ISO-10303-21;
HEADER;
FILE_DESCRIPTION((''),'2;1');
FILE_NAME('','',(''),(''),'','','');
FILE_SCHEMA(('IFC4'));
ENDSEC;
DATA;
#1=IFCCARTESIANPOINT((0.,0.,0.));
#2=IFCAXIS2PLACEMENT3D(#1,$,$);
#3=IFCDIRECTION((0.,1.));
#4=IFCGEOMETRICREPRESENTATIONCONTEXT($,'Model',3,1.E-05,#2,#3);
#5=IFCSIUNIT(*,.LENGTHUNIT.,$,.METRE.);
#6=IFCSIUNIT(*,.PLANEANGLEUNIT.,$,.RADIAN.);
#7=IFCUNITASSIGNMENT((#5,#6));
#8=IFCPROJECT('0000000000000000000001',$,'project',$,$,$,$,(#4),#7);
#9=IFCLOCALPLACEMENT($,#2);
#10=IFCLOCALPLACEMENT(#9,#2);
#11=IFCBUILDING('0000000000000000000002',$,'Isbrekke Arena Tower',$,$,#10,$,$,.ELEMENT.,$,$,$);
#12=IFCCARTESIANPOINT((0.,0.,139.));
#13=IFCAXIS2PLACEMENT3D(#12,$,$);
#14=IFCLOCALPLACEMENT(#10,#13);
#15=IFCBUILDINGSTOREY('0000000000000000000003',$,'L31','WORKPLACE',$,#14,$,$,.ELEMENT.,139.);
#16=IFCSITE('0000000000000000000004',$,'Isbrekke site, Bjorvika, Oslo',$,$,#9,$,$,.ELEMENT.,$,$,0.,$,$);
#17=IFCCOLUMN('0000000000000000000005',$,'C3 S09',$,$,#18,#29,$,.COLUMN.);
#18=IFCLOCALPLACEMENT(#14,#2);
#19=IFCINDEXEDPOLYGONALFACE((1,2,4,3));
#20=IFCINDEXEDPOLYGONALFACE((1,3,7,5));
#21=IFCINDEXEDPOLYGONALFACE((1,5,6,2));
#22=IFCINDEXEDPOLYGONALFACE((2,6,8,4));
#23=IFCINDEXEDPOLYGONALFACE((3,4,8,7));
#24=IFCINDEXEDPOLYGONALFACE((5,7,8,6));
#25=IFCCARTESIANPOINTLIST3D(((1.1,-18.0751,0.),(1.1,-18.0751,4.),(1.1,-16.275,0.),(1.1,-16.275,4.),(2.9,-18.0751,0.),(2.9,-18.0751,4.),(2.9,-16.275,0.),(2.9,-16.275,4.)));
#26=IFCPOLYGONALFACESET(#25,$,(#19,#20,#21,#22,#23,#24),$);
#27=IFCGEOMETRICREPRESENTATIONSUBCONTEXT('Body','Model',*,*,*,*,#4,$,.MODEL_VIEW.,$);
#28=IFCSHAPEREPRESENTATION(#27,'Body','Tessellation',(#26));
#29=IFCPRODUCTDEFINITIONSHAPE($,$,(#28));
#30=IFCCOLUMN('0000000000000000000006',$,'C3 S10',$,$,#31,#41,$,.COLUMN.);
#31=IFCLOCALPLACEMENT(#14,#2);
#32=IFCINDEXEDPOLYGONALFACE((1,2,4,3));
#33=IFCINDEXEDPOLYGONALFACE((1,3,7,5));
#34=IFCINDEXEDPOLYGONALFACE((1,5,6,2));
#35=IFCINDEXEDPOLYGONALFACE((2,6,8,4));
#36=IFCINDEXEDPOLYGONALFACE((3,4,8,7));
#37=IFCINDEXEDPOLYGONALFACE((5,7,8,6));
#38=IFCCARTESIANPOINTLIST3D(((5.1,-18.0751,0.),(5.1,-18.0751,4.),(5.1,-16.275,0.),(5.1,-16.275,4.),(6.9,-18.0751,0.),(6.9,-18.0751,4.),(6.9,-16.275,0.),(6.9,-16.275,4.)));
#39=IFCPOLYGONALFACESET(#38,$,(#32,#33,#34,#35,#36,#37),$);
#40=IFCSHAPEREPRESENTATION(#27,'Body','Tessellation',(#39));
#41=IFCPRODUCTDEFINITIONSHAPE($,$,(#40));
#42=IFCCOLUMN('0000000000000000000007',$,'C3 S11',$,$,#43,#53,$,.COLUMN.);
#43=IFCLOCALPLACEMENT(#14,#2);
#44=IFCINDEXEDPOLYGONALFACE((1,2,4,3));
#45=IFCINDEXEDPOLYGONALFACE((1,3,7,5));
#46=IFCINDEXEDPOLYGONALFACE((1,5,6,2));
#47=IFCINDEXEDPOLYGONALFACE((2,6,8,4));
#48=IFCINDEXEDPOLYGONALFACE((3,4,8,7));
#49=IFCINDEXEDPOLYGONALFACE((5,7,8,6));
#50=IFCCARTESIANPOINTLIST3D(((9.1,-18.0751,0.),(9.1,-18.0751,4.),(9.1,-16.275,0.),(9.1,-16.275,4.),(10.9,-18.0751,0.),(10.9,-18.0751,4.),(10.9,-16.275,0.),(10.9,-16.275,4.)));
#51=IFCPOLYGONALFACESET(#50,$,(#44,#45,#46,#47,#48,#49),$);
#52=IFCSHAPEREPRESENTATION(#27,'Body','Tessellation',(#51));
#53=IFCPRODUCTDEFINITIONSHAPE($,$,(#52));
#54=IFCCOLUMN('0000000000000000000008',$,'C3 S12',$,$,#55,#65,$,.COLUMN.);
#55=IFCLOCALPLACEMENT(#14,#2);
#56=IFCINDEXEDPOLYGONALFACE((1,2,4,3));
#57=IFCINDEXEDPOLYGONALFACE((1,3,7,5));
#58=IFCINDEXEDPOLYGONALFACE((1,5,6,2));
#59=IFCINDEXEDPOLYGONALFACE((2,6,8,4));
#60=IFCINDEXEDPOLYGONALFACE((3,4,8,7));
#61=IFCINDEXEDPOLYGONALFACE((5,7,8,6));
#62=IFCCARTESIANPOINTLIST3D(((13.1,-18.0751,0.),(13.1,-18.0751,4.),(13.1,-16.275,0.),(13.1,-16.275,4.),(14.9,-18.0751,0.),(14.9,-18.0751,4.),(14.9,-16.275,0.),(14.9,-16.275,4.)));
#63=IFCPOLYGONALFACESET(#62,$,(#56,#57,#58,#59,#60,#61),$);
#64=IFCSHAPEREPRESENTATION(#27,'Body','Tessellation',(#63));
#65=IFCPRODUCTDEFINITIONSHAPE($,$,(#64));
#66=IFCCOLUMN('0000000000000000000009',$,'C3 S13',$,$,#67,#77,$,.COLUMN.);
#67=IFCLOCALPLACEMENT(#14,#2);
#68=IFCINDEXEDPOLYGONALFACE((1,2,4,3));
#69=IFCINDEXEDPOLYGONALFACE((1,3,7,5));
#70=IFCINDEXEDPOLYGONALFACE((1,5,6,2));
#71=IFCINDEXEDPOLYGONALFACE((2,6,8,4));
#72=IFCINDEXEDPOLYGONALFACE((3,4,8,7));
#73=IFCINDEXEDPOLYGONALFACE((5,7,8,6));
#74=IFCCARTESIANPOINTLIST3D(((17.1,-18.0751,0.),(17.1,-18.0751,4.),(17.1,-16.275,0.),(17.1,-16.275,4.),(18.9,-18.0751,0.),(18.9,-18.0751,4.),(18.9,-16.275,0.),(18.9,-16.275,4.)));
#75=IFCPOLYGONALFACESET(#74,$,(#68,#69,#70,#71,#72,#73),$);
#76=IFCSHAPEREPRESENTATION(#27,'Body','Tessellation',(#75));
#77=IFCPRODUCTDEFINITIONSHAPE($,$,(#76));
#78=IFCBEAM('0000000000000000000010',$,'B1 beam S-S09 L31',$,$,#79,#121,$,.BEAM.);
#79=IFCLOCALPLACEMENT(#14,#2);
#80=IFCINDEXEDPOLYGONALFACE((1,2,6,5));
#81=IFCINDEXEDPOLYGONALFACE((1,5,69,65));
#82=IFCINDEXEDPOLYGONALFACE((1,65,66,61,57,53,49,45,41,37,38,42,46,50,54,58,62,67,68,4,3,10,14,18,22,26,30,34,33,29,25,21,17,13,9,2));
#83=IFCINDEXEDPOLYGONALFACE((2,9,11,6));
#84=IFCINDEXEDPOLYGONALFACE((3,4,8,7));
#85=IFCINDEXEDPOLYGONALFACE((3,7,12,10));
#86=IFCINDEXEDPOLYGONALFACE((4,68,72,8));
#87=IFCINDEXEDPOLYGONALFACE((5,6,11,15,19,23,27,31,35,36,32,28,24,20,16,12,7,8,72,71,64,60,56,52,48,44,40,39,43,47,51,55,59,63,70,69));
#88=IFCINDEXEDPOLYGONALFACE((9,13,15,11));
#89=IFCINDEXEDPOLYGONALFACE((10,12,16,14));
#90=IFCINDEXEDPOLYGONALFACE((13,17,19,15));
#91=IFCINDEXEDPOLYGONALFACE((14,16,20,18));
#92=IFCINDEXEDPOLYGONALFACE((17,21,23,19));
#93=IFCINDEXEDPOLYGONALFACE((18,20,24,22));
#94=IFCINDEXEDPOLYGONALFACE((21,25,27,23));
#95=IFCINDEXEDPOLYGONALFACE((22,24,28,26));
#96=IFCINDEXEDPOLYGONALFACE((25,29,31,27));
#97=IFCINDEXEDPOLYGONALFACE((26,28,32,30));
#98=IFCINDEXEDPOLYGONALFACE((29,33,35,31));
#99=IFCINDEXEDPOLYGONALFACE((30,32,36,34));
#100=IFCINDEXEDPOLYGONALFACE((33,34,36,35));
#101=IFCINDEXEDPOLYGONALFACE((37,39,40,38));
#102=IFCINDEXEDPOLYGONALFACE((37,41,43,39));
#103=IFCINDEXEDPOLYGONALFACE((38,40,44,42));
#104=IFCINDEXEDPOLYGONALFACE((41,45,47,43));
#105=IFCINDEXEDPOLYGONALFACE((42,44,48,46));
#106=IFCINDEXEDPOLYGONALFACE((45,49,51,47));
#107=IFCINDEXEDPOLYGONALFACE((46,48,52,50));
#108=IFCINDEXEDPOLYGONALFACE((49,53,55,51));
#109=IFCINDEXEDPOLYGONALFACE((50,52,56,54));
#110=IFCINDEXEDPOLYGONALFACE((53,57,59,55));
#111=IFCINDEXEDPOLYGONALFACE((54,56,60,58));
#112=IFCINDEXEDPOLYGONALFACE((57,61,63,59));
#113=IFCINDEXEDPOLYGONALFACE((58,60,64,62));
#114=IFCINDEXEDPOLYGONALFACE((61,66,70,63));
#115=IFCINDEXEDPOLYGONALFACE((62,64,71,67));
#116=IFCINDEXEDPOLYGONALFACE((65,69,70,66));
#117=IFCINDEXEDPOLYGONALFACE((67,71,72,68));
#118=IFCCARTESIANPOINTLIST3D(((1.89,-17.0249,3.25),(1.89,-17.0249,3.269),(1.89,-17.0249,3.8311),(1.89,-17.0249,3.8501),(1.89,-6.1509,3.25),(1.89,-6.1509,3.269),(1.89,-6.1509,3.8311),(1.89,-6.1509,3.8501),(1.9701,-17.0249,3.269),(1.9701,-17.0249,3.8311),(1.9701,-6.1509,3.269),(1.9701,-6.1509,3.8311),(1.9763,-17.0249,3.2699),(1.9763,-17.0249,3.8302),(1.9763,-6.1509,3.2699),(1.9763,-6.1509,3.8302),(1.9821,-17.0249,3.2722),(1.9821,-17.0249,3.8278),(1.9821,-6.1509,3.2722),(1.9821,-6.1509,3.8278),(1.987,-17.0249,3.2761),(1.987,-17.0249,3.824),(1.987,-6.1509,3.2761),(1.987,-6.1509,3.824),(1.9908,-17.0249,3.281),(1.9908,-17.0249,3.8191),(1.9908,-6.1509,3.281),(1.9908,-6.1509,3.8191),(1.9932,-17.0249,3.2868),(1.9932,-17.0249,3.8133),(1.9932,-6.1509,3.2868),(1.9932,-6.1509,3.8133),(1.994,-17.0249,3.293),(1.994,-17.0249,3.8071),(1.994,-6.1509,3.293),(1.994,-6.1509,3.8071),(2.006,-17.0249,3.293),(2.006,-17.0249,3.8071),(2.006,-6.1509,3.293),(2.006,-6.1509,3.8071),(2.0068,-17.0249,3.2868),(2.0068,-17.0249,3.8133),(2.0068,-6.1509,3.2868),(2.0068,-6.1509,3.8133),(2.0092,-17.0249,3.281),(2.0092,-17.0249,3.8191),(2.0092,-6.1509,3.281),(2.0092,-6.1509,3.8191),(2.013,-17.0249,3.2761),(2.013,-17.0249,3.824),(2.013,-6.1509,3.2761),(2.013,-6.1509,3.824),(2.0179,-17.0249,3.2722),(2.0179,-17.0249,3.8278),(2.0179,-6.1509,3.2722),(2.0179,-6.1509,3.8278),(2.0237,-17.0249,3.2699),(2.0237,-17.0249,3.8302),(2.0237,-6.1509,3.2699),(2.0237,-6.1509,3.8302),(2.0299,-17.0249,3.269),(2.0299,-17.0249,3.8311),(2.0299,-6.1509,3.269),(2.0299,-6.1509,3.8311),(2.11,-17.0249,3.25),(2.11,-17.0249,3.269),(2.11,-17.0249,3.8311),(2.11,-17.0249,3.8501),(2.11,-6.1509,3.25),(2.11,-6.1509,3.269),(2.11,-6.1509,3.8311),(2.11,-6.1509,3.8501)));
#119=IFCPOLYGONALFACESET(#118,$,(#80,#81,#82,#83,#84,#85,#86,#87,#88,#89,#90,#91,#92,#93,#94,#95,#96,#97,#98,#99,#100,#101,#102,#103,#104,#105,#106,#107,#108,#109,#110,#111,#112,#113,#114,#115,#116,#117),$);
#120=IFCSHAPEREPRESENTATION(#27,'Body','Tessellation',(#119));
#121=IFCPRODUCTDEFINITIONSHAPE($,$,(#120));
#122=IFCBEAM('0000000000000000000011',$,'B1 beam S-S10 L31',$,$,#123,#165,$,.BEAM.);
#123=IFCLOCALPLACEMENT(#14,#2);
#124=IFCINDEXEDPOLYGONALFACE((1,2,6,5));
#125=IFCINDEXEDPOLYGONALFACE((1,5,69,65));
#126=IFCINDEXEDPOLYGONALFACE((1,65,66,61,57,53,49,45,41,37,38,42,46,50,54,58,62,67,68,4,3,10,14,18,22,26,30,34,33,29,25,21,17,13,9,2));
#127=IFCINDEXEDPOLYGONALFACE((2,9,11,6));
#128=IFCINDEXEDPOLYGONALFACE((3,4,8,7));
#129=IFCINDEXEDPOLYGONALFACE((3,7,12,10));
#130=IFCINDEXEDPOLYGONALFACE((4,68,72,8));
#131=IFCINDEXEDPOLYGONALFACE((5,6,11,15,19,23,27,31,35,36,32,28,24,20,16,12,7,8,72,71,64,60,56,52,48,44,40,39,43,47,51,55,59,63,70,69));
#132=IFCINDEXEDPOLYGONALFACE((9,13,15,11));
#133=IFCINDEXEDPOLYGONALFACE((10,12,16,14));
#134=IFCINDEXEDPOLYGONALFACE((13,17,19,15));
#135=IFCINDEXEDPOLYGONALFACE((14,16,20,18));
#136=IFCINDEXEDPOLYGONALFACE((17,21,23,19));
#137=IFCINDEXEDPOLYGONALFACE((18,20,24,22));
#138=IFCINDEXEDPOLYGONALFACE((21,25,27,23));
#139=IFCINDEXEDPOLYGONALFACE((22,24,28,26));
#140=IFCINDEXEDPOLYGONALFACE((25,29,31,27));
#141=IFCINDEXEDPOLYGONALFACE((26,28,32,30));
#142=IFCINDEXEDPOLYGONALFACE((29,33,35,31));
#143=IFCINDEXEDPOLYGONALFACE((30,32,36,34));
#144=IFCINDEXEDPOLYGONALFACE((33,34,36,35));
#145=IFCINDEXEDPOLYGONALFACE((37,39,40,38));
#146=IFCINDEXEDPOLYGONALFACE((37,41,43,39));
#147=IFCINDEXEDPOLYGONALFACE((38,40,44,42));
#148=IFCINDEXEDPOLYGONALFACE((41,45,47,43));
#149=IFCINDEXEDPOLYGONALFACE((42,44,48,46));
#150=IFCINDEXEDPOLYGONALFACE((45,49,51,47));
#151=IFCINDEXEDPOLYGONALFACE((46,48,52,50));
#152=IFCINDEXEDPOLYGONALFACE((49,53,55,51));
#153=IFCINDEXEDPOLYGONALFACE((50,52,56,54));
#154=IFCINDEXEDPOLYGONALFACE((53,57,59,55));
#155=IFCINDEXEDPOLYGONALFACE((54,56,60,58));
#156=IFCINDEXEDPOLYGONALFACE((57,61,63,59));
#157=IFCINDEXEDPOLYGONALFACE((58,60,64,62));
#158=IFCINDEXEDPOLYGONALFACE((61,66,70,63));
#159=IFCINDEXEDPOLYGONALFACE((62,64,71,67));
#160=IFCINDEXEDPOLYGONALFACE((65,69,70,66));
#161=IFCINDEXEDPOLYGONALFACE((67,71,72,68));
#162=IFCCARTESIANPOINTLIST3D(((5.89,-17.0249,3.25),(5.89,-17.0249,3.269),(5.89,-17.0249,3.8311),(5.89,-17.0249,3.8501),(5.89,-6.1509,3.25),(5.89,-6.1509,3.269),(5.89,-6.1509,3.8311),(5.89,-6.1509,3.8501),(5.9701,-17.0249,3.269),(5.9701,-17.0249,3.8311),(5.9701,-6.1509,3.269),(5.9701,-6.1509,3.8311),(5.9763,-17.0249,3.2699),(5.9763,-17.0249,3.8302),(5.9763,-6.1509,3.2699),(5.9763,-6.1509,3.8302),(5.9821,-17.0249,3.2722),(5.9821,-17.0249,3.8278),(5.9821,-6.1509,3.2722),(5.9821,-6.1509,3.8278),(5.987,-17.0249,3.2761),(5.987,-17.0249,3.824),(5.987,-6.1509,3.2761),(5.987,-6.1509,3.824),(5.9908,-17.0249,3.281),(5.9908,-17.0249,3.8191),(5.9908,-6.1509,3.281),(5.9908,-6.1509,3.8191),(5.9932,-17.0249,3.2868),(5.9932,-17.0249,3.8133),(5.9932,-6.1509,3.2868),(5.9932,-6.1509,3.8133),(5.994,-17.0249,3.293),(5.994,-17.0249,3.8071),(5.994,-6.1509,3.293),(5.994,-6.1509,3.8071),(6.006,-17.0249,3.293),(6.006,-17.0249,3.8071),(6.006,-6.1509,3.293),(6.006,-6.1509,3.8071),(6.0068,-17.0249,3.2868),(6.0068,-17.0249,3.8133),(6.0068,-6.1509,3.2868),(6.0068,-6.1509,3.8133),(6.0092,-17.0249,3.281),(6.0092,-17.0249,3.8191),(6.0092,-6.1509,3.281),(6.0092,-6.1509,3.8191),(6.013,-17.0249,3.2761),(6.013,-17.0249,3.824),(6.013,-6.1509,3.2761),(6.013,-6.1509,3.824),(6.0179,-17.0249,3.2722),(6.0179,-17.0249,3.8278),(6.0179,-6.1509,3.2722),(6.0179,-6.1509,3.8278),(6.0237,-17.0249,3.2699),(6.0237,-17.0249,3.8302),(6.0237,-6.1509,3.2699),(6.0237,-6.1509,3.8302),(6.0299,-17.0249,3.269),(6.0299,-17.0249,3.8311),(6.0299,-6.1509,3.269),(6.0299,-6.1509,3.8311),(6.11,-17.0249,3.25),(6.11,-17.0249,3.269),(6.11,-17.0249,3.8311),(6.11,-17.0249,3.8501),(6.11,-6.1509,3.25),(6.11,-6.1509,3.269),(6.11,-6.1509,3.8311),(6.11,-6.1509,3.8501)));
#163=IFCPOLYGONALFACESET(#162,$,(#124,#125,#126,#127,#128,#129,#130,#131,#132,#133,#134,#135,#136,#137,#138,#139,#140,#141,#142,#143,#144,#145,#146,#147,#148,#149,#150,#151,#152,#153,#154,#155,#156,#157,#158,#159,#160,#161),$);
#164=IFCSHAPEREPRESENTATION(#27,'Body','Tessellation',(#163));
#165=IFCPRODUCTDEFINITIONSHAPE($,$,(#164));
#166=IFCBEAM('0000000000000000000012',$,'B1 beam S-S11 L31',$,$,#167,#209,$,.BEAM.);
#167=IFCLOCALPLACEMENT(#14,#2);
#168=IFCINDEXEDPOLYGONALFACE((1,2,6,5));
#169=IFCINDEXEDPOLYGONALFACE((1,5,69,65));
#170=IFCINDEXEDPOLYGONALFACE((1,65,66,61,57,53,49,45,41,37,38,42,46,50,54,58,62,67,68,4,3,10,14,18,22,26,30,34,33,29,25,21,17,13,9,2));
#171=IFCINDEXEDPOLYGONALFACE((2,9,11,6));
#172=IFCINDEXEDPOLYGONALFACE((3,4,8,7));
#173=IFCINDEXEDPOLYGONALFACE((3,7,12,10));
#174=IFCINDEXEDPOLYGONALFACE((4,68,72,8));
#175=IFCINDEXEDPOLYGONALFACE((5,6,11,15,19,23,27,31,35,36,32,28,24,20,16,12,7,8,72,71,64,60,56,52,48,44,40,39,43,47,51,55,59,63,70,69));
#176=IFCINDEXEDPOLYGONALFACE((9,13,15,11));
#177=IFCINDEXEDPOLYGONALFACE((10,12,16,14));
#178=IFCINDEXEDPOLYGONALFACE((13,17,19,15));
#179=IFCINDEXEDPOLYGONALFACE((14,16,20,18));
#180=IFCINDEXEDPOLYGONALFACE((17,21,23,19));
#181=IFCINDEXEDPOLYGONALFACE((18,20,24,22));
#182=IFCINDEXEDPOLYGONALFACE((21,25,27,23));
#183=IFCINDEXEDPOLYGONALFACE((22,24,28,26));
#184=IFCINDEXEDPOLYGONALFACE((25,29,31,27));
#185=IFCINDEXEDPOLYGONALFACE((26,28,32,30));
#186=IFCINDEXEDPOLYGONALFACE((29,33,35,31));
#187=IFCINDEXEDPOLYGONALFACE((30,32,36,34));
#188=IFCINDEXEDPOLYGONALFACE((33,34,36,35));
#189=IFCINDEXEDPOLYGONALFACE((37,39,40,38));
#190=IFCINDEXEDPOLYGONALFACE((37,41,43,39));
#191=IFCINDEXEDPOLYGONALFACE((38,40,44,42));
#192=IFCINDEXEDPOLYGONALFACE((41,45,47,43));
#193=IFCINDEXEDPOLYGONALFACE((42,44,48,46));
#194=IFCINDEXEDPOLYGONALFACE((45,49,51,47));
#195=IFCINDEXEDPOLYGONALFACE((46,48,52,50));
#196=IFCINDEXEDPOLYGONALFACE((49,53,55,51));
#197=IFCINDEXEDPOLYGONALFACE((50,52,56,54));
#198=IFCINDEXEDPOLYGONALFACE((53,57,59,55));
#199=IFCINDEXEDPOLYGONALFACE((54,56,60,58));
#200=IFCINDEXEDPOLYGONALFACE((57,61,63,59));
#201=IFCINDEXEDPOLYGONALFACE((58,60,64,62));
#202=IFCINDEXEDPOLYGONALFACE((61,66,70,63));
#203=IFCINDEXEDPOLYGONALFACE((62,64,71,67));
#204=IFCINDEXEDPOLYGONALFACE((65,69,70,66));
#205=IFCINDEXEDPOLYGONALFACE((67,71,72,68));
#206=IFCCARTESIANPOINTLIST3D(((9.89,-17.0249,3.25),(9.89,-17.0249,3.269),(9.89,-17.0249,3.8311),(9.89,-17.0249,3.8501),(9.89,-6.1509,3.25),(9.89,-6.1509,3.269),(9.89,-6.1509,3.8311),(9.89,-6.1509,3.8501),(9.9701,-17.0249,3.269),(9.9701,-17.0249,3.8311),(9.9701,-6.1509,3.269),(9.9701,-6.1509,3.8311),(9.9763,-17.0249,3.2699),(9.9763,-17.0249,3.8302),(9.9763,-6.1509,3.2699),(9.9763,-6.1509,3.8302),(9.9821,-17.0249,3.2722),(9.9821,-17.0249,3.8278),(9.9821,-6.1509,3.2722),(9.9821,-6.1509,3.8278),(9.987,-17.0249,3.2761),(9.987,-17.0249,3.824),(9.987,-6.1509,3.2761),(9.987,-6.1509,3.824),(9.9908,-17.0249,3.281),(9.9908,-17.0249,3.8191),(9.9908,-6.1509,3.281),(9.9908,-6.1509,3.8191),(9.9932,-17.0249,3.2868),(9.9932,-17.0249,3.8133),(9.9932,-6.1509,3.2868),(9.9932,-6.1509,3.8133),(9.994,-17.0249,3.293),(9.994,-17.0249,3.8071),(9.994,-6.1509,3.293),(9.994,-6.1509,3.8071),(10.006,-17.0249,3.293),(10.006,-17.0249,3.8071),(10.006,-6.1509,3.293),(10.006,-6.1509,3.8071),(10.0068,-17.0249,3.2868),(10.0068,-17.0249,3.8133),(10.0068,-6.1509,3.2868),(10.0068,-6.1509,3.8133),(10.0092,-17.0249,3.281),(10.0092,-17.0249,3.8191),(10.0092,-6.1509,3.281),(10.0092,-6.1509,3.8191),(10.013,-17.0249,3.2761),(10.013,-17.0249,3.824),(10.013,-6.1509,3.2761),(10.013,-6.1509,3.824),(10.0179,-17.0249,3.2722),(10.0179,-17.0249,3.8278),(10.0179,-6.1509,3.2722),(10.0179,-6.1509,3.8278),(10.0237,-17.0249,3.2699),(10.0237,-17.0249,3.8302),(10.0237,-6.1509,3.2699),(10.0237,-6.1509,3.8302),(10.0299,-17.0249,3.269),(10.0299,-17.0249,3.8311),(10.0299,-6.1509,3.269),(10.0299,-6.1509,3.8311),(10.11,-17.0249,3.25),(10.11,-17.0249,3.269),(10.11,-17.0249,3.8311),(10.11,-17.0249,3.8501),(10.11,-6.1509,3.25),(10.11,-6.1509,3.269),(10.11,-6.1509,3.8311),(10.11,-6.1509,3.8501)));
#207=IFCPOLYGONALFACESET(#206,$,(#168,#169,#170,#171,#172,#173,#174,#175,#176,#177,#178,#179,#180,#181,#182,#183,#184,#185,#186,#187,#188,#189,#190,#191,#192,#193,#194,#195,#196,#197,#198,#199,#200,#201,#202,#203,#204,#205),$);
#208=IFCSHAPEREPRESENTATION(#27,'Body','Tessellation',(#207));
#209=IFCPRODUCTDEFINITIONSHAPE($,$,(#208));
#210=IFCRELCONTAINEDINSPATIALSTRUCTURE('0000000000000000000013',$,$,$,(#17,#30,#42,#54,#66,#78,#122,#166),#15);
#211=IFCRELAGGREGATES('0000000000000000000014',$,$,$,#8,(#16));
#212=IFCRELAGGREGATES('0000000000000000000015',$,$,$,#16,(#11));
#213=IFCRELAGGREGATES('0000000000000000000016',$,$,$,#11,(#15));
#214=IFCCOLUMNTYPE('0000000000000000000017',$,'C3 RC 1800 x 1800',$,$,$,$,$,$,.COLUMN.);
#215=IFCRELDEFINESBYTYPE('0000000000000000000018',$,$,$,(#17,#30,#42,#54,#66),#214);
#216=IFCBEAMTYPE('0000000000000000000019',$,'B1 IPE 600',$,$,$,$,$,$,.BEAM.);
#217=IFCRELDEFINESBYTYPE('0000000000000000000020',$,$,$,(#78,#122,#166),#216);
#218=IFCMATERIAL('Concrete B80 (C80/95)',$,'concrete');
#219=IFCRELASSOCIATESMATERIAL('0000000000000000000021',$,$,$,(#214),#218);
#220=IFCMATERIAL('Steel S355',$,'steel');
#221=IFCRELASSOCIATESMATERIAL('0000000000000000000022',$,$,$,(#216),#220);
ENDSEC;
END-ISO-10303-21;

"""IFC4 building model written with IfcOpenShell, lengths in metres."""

from ifc_helpers import new_model, si_unit, direction, frame, origin, origin_2d, place, context, subcontext, project, spatial, rectangle, i_section, extrude, material, material_profile, profile_set, type_object, element, save


model = new_model("IFC4")

# Units and contexts
model_context = context("Model", 3, precision=1e-05, world=origin(), true_north=direction((0.0, 1.0)))
body_context = subcontext(model_context, "Body", "Model", "MODEL_VIEW")
ifc_project = project(units=[si_unit("LENGTHUNIT", "METRE"), si_unit("PLANEANGLEUNIT", "RADIAN")], contexts=[model_context])

# Site, building, storey
site_placement = place(None, origin())
site = spatial("IfcSite", under=ifc_project, at=site_placement, Name="Isbrekke site, Bjorvika, Oslo", CompositionType="ELEMENT", RefElevation=0.0)
building_placement = place(site_placement, origin())
building = spatial("IfcBuilding", under=site, at=building_placement, Name="Isbrekke Arena Tower", CompositionType="ELEMENT")
storey_placement = place(building_placement, frame((0.0, 0.0, 139.0)))
storey = spatial("IfcBuildingStorey", under=building, at=storey_placement, Name="L31", Description="WORKPLACE", CompositionType="ELEMENT", Elevation=139.0)

# Columns
ifc_material_1 = material(Name="Concrete B80 (C80/95)", Category="concrete")
ifc_material_profile_1 = material_profile(ifc_material_1, rectangle(XDim=1.8, YDim=1.8, at=origin_2d()), Name="RC 1800x1800")
ifc_profile_set_1 = profile_set([ifc_material_profile_1], Name="Concrete B80 (C80/95)")
column_type = type_object("IfcColumnType", Name="C3 RC 1800 x 1800", PredefinedType="COLUMN", material=ifc_profile_set_1)
for number, where, z_axis, x_axis, name in (
    (1, (2.0, -17.175, 0.0), (0.0, 0.0, 1.0), (1.0, 0.0, 0.0), "C3 S09"),
    (2, (6.0, -17.175, 0.0), (0.0, 0.0, 1.0), (1.0, 0.0, 0.0), "C3 S10"),
    (3, (10.0, -17.175, 0.0), (0.0, 0.0, 1.0), (1.0, 0.0, 0.0), "C3 S11"),
    (4, (14.0, -17.175, 0.0), (0.0, 0.0, 1.0), (1.0, 0.0, 0.0), "C3 S12"),
    (5, (18.0, -17.175, 0.0), (0.0, 0.0, 1.0), (1.0, 0.0, 0.0), "C3 S13"),
):
    element("IfcColumn", number, at=place(storey_placement, frame(where, z_axis=z_axis, x_axis=x_axis)), inside=storey, type_object=column_type, Name=name, PredefinedType="COLUMN", context=body_context, shape_type="SweptSolid", body=[
        extrude(rectangle(XDim=1.8, YDim=1.8, at=origin_2d()), origin(), (0.0, 0.0, 1.0), 4.0),
    ])

# Beams
ifc_material_2 = material(Name="Steel S355", Category="steel")
ifc_material_profile_2 = material_profile(ifc_material_2, i_section(OverallWidth=0.22, OverallDepth=0.6001, WebThickness=0.012, FlangeThickness=0.019, FilletRadius=0.0239, at=origin_2d()), Name="IPE 600")
ifc_profile_set_2 = profile_set([ifc_material_profile_2], Name="Steel S355")
beam_type_1 = type_object("IfcBeamType", Name="B1 IPE 600", PredefinedType="BEAM", material=ifc_profile_set_2)
for number, where, z_axis, x_axis, name in (
    (6, (2.0, -17.0249, 3.55), (0.0, 1.0, 0.0), (-1.0, 0.0, 0.0), "B1 beam S-S09 L31"),
    (7, (6.0, -17.0249, 3.55), (0.0, 1.0, 0.0), (-1.0, 0.0, 0.0), "B1 beam S-S10 L31"),
    (8, (10.0, -17.0249, 3.55), (0.0, 1.0, 0.0), (-1.0, 0.0, 0.0), "B1 beam S-S11 L31"),
):
    element("IfcBeam", number, at=place(storey_placement, frame(where, z_axis=z_axis, x_axis=x_axis)), inside=storey, type_object=beam_type_1, Name=name, PredefinedType="BEAM", context=body_context, shape_type="SweptSolid", body=[
        extrude(i_section(OverallWidth=0.22, OverallDepth=0.6001, WebThickness=0.012, FlangeThickness=0.019, FilletRadius=0.0239, at=origin_2d()), origin(), (0.0, 0.0, 1.0), 10.874),
    ])

save(model, "model.ifc")
